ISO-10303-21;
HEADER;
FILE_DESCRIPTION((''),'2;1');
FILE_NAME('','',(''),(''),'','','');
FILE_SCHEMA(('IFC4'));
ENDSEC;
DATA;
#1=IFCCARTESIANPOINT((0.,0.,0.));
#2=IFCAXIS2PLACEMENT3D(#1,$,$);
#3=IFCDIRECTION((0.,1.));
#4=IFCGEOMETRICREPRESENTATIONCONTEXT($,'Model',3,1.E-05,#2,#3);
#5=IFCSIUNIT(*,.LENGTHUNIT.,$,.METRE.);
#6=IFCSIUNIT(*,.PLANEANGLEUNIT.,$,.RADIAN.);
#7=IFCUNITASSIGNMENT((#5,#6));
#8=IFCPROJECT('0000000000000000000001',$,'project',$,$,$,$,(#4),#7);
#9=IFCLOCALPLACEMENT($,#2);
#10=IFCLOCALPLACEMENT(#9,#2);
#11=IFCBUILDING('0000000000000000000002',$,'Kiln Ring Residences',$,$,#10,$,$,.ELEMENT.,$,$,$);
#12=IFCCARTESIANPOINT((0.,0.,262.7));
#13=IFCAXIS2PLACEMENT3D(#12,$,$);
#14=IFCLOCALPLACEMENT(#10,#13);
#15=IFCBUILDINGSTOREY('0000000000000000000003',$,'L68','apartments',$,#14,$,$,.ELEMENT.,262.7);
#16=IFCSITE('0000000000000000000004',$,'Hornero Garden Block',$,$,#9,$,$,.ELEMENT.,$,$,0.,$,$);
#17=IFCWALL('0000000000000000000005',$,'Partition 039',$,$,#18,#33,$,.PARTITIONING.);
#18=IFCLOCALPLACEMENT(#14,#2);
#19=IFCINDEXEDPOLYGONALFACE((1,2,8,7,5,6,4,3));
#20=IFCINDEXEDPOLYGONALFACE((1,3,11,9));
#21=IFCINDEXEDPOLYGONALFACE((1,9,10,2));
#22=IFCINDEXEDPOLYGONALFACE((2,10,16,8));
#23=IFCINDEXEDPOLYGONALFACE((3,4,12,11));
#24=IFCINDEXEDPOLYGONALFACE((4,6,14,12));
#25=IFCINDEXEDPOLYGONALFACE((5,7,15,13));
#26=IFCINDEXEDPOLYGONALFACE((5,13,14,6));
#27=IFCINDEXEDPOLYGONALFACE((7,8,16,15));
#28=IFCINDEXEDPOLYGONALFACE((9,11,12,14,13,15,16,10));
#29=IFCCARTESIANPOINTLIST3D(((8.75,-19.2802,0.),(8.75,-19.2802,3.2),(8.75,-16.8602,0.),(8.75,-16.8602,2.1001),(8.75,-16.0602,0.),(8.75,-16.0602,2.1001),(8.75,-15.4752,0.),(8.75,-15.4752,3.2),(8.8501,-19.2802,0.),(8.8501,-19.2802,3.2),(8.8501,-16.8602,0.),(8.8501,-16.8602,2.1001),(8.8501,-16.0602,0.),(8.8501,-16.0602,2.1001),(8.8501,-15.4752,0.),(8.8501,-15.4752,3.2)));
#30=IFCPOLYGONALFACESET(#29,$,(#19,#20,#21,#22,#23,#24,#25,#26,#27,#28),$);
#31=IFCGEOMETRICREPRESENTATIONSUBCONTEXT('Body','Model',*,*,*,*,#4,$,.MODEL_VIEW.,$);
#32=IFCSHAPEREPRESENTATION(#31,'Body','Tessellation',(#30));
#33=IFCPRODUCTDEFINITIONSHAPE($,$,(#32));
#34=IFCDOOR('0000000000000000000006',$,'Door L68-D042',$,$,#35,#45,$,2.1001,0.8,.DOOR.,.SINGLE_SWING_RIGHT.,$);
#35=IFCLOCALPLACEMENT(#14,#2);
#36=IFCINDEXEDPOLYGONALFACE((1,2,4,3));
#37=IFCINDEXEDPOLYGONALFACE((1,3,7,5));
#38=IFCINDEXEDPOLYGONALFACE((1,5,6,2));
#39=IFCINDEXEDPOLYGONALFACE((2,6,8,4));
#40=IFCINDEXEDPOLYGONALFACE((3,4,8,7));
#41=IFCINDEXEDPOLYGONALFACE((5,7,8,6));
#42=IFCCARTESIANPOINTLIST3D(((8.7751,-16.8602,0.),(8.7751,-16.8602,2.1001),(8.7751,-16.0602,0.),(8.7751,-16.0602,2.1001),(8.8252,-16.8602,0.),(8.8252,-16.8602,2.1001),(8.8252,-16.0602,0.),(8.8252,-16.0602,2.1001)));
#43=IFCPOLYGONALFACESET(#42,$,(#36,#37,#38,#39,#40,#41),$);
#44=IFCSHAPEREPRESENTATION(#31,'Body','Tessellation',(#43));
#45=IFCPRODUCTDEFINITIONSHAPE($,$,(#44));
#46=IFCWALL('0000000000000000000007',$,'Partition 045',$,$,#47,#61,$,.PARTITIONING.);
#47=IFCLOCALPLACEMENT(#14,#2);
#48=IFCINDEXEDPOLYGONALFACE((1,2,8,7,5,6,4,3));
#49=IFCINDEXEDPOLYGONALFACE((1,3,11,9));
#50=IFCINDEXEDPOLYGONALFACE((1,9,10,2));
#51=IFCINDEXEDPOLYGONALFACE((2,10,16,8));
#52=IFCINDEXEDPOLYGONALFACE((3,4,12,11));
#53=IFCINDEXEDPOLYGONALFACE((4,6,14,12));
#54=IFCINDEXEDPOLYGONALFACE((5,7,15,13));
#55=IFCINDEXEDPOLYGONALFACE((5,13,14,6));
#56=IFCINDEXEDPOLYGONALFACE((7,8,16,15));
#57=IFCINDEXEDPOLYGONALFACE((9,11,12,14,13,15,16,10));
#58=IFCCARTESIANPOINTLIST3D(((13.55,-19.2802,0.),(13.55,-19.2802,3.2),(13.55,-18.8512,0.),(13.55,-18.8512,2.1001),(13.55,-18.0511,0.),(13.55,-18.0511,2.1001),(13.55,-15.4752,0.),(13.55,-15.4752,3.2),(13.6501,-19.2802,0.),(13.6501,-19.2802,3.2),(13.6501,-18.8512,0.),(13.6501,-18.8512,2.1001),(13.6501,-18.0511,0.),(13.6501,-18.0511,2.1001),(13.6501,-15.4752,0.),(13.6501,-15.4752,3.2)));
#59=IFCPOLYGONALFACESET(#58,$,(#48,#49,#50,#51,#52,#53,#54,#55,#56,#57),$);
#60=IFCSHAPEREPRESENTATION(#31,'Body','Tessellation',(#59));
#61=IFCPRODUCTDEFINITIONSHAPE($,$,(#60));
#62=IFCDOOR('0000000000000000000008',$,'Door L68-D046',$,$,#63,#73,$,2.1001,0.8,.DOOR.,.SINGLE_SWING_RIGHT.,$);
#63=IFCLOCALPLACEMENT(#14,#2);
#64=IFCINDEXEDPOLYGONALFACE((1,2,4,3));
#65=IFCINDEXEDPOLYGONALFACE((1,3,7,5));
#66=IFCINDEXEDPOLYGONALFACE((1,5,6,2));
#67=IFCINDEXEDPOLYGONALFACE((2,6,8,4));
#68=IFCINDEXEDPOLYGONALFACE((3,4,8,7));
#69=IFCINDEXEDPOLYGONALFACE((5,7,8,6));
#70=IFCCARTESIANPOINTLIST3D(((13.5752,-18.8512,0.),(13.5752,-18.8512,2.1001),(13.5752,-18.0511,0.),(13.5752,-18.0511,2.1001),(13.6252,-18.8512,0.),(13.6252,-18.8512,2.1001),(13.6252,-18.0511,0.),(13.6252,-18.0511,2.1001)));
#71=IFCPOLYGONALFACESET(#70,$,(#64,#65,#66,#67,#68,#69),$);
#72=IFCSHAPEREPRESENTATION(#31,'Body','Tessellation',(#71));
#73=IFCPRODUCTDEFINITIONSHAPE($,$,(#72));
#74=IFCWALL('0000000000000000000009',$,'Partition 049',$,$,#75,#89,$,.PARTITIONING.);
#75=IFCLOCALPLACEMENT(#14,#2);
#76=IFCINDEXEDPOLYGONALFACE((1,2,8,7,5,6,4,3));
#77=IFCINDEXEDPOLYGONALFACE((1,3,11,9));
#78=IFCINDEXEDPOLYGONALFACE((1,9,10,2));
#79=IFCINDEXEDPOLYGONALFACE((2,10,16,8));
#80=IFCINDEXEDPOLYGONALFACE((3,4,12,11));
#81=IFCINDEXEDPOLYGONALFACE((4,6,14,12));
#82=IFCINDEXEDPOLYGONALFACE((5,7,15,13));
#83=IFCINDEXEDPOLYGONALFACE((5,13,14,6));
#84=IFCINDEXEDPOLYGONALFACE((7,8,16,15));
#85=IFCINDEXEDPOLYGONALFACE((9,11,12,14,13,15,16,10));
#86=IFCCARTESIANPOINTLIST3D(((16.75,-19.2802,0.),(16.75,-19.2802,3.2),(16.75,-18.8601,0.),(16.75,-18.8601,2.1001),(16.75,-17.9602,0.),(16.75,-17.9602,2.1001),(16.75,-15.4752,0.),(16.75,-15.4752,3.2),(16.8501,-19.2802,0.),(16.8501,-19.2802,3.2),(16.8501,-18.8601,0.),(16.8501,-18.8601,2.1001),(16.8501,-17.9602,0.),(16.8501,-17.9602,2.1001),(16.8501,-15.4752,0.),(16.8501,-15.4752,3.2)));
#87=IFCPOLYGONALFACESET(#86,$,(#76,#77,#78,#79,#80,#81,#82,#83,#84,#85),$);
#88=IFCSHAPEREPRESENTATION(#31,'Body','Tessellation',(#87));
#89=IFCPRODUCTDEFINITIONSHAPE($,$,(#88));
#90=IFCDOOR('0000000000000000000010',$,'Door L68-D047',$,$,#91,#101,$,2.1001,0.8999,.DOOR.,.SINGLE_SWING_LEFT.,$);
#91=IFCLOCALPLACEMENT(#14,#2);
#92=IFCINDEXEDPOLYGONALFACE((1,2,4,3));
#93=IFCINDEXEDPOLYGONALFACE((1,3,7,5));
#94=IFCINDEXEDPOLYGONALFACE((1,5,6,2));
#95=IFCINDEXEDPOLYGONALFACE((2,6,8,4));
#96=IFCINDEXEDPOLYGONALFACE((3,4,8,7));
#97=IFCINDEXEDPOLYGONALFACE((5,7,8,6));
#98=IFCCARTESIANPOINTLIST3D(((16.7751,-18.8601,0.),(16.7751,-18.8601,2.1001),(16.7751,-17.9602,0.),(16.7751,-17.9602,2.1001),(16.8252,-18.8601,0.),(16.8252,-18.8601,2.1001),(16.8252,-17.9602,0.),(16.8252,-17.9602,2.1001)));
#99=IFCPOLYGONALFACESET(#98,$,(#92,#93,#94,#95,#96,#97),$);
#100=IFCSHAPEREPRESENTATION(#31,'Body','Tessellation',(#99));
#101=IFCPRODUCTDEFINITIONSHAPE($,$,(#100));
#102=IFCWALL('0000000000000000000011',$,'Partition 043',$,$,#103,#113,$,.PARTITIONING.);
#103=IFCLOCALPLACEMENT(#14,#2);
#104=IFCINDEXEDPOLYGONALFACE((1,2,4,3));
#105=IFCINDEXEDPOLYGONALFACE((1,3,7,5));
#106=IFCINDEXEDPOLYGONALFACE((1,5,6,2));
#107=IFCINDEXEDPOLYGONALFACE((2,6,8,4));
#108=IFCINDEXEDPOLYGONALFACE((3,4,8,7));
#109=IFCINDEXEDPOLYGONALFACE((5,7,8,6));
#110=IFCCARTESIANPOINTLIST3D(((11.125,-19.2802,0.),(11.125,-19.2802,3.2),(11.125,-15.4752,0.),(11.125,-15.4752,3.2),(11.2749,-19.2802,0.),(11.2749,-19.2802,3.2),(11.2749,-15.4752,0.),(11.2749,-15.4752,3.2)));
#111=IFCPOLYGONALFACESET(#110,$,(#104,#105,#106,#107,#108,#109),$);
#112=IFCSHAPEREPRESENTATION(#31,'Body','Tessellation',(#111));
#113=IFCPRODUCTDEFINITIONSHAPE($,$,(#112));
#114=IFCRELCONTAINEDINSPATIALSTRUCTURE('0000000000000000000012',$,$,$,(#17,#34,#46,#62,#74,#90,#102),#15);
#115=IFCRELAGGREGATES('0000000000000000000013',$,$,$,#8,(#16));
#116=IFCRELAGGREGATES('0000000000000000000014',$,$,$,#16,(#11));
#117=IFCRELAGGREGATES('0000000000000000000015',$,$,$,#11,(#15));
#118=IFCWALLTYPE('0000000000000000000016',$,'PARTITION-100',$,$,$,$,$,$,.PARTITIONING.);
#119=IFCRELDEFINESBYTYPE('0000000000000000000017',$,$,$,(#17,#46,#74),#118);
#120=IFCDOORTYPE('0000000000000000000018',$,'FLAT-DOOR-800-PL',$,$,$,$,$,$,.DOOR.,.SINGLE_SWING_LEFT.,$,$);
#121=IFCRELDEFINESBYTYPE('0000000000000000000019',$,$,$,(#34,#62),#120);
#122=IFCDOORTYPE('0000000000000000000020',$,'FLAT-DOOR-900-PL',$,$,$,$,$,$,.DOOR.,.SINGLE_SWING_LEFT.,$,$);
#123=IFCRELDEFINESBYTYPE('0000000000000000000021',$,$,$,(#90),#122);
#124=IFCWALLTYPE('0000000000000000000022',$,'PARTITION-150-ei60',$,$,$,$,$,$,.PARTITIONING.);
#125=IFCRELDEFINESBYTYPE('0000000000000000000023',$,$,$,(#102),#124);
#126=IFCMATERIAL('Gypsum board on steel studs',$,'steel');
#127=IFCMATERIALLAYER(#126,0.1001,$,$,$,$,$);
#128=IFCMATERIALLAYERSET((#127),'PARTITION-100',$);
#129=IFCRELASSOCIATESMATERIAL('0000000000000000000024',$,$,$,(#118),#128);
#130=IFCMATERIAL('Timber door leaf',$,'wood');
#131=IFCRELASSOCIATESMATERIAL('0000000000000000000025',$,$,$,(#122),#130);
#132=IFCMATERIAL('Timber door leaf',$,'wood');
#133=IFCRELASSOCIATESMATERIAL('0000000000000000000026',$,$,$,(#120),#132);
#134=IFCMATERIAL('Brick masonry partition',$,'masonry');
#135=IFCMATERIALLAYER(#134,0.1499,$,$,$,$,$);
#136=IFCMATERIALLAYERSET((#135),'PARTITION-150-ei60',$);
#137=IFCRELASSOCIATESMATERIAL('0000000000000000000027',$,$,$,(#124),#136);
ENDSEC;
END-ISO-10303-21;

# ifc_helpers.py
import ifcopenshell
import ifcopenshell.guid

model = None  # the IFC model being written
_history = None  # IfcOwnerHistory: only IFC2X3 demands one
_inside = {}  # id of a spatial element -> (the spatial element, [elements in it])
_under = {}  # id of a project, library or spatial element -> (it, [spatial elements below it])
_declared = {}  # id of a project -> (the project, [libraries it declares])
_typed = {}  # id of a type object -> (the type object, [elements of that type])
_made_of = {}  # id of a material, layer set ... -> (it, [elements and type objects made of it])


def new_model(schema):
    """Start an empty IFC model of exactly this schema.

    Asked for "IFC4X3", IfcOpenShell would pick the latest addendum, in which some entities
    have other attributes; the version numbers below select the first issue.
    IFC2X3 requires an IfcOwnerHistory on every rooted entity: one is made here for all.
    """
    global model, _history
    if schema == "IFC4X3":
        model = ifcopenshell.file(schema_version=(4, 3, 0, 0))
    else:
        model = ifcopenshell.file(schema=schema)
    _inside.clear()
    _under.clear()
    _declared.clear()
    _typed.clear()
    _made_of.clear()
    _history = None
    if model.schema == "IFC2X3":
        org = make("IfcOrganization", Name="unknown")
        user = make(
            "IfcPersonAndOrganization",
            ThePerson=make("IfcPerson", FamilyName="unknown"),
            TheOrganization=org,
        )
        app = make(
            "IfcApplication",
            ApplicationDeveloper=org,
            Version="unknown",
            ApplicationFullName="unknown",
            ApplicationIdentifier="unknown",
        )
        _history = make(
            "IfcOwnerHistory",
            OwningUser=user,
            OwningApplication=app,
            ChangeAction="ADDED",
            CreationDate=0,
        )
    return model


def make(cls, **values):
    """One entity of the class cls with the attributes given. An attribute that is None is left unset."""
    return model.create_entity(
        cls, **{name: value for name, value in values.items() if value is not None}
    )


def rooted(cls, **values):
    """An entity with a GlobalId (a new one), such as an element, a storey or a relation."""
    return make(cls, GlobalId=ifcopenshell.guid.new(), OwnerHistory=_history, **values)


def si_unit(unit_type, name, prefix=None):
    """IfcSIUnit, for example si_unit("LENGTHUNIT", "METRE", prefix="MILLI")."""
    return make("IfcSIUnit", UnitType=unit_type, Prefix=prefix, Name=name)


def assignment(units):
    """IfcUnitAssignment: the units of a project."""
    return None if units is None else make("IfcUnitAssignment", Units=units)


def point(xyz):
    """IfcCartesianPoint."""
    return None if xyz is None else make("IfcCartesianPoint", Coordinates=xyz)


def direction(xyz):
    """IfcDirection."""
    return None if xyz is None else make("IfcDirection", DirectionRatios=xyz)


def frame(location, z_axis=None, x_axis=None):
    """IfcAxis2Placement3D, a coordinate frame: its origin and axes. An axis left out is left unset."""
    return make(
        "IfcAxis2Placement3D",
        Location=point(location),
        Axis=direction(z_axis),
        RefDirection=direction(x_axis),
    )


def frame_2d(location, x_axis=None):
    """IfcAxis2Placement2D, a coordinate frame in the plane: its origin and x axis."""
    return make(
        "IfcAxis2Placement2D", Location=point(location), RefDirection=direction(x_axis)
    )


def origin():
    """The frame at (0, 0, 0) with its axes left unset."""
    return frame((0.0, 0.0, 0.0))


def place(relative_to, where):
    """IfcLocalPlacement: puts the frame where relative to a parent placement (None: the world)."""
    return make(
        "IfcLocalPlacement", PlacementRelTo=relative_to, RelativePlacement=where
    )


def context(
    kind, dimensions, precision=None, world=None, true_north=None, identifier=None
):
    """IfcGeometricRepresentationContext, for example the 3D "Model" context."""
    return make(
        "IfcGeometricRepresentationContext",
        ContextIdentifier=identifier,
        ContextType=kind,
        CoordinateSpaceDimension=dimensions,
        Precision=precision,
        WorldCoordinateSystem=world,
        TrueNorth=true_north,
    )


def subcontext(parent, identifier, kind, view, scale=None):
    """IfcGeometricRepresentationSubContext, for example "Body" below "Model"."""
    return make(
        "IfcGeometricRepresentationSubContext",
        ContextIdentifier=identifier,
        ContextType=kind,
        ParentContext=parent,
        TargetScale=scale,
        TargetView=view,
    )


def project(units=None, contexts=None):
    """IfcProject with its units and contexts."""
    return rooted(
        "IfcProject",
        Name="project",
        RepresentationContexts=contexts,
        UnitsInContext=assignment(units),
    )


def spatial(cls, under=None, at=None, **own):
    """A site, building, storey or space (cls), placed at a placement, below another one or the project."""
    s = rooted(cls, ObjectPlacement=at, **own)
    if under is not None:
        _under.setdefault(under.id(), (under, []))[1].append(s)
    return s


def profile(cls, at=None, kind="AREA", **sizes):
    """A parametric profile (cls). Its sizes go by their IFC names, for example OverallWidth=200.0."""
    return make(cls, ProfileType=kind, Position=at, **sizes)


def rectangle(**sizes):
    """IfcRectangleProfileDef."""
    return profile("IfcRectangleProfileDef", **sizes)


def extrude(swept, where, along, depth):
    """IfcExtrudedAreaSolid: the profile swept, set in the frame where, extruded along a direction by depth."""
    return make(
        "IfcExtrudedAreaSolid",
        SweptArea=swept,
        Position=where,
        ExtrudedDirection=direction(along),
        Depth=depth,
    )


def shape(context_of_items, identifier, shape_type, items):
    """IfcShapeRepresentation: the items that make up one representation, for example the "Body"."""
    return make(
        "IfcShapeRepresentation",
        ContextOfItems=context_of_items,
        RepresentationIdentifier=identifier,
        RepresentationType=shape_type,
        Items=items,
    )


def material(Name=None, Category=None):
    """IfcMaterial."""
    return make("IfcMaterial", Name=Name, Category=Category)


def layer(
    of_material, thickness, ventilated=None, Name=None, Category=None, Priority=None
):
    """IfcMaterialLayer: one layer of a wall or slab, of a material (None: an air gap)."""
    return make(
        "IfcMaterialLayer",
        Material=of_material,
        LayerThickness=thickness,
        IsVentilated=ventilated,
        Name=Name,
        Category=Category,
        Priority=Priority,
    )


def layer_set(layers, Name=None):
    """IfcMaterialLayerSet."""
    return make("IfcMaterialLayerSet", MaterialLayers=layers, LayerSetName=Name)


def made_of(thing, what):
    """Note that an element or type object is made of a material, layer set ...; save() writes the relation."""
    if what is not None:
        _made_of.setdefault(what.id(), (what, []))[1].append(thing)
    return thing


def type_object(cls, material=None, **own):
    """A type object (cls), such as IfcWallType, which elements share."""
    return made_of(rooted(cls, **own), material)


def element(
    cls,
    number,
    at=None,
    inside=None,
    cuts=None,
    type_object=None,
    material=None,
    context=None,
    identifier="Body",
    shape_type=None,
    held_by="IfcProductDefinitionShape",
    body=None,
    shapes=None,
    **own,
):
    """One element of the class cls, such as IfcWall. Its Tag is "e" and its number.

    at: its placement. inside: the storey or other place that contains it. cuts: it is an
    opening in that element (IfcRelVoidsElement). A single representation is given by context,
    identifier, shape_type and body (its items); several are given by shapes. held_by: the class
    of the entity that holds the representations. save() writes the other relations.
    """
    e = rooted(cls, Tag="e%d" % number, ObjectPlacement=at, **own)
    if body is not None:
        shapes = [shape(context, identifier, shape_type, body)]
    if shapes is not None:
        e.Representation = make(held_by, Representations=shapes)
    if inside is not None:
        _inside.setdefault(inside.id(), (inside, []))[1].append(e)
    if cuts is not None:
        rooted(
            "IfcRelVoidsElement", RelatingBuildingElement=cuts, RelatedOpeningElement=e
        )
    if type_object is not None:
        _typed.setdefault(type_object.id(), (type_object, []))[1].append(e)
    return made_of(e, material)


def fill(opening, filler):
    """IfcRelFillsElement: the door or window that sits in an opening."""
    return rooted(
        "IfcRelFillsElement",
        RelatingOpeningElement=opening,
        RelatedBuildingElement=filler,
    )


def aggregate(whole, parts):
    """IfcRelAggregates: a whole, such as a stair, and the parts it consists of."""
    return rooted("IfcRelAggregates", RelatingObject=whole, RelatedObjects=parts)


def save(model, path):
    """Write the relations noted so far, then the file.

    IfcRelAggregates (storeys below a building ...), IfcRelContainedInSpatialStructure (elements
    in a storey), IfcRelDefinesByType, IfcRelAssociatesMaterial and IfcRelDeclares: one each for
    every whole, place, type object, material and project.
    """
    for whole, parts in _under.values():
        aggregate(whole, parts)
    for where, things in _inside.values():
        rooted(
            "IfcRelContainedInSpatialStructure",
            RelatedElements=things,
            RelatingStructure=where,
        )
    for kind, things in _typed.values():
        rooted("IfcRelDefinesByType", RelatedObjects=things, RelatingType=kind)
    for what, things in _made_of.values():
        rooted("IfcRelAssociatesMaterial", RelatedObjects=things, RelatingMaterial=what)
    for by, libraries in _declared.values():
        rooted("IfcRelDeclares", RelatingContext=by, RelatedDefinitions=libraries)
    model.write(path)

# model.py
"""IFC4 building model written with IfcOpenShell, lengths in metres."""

from ifc_helpers import new_model, si_unit, direction, frame, frame_2d, origin, place, context, subcontext, project, spatial, rectangle, extrude, material, layer, layer_set, type_object, element, fill, save


model = new_model("IFC4")

# Units and contexts
model_context = context("Model", 3, precision=1e-05, world=origin(), true_north=direction((0.0, 1.0)))
body_context = subcontext(model_context, "Body", "Model", "MODEL_VIEW")
ifc_project = project(units=[si_unit("LENGTHUNIT", "METRE"), si_unit("PLANEANGLEUNIT", "RADIAN")], contexts=[model_context])

# Site, building, storey
site_placement = place(None, origin())
site = spatial("IfcSite", under=ifc_project, at=site_placement, Name="Hornero Garden Block", CompositionType="ELEMENT", RefElevation=0.0)
building_placement = place(site_placement, origin())
building = spatial("IfcBuilding", under=site, at=building_placement, Name="Kiln Ring Residences", CompositionType="ELEMENT")
storey_placement = place(building_placement, frame((0.0, 0.0, 262.7)))
storey = spatial("IfcBuildingStorey", under=building, at=storey_placement, Name="L68", Description="apartments", CompositionType="ELEMENT", Elevation=262.7)

# Walls, openings, doors
ifc_material_1 = material(Name="Gypsum board on steel studs", Category="steel")
ifc_layer_1 = layer(ifc_material_1, 0.1001)
ifc_layer_set_1 = layer_set([ifc_layer_1], Name="PARTITION-100")
wall_type_1 = type_object("IfcWallType", Name="PARTITION-100", PredefinedType="PARTITIONING", material=ifc_layer_set_1)
ifc_material_2 = material(Name="Timber door leaf", Category="wood")
door_type_1 = type_object("IfcDoorType", Name="FLAT-DOOR-900-PL", OperationType="SINGLE_SWING_LEFT", PredefinedType="DOOR", material=ifc_material_2)
wall_1_placement = place(storey_placement, frame((8.8, -19.28, 0.0), z_axis=(0.0, 0.0, 1.0), x_axis=(0.0, 1.0, 0.0)))
wall_1 = element("IfcWall", 1, at=wall_1_placement, inside=storey, type_object=wall_type_1, Name="Partition 039", PredefinedType="PARTITIONING", context=body_context, shape_type="SweptSolid", body=[
    extrude(rectangle(XDim=3.8049, YDim=0.1001, at=frame_2d((1.9023, 0.0))), origin(), (0.0, 0.0, 1.0), 3.2),
])
opening_1_placement = place(wall_1_placement, frame((2.4199, 0.0, 0.0)))
opening_1 = element("IfcOpeningElement", 2, at=opening_1_placement, cuts=wall_1, PredefinedType="OPENING", context=body_context, shape_type="SweptSolid", body=[
    extrude(rectangle(XDim=0.8, YDim=2.1001, at=frame_2d((0.3999, 1.05))), frame((0.0, 0.0601, 0.0), z_axis=(0.0, -1.0, 0.0), x_axis=(1.0, 0.0, 0.0)), (0.0, 0.0, 1.0), 0.1201),
])
ifc_material_3 = material(Name="Timber door leaf", Category="wood")
door_type_2 = type_object("IfcDoorType", Name="FLAT-DOOR-800-PL", OperationType="SINGLE_SWING_LEFT", PredefinedType="DOOR", material=ifc_material_3)
door_1_placement = place(opening_1_placement, origin())
door_1 = element("IfcDoor", 3, at=door_1_placement, inside=storey, type_object=door_type_2, Name="Door L68-D042", OperationType="SINGLE_SWING_RIGHT", OverallHeight=2.1001, OverallWidth=0.8, PredefinedType="DOOR", context=body_context, shape_type="SweptSolid", body=[
    extrude(rectangle(XDim=0.8, YDim=2.1001, at=frame_2d((0.3999, 1.05))), frame((0.0, 0.0249, 0.0), z_axis=(0.0, -1.0, 0.0), x_axis=(1.0, 0.0, 0.0)), (0.0, 0.0, 1.0), 0.05),
])
fill(opening_1, door_1)
wall_2_placement = place(storey_placement, frame((13.6001, -19.28, 0.0), z_axis=(0.0, 0.0, 1.0), x_axis=(0.0, 1.0, 0.0)))
wall_2 = element("IfcWall", 4, at=wall_2_placement, inside=storey, type_object=wall_type_1, Name="Partition 045", PredefinedType="PARTITIONING", context=body_context, shape_type="SweptSolid", body=[
    extrude(rectangle(XDim=3.8049, YDim=0.1001, at=frame_2d((1.9023, 0.0))), origin(), (0.0, 0.0, 1.0), 3.2),
])
opening_2_placement = place(wall_2_placement, frame((0.429, 0.0, 0.0)))
opening_2 = element("IfcOpeningElement", 5, at=opening_2_placement, cuts=wall_2, PredefinedType="OPENING", context=body_context, shape_type="SweptSolid", body=[
    extrude(rectangle(XDim=0.8, YDim=2.1001, at=frame_2d((0.3999, 1.05))), frame((0.0, 0.0601, 0.0), z_axis=(0.0, -1.0, 0.0), x_axis=(1.0, 0.0, 0.0)), (0.0, 0.0, 1.0), 0.1201),
])
door_2_placement = place(opening_2_placement, origin())
door_2 = element("IfcDoor", 6, at=door_2_placement, inside=storey, type_object=door_type_2, Name="Door L68-D046", OperationType="SINGLE_SWING_RIGHT", OverallHeight=2.1001, OverallWidth=0.8, PredefinedType="DOOR", context=body_context, shape_type="SweptSolid", body=[
    extrude(rectangle(XDim=0.8, YDim=2.1001, at=frame_2d((0.3999, 1.05))), frame((0.0, 0.0249, 0.0), z_axis=(0.0, -1.0, 0.0), x_axis=(1.0, 0.0, 0.0)), (0.0, 0.0, 1.0), 0.05),
])
fill(opening_2, door_2)
wall_3_placement = place(storey_placement, frame((16.8, -19.28, 0.0), z_axis=(0.0, 0.0, 1.0), x_axis=(0.0, 1.0, 0.0)))
wall_3 = element("IfcWall", 7, at=wall_3_placement, inside=storey, type_object=wall_type_1, Name="Partition 049", PredefinedType="PARTITIONING", context=body_context, shape_type="SweptSolid", body=[
    extrude(rectangle(XDim=3.8049, YDim=0.1001, at=frame_2d((1.9023, 0.0))), origin(), (0.0, 0.0, 1.0), 3.2),
])
opening_3_placement = place(wall_3_placement, frame((0.4199, 0.0, 0.0)))
opening_3 = element("IfcOpeningElement", 8, at=opening_3_placement, cuts=wall_3, PredefinedType="OPENING", context=body_context, shape_type="SweptSolid", body=[
    extrude(rectangle(XDim=0.8999, YDim=2.1001, at=frame_2d((0.45, 1.05))), frame((0.0, 0.0601, 0.0), z_axis=(0.0, -1.0, 0.0), x_axis=(1.0, 0.0, 0.0)), (0.0, 0.0, 1.0), 0.1201),
])
door_3_placement = place(opening_3_placement, origin())
door_3 = element("IfcDoor", 9, at=door_3_placement, inside=storey, type_object=door_type_1, Name="Door L68-D047", OperationType="SINGLE_SWING_LEFT", OverallHeight=2.1001, OverallWidth=0.8999, PredefinedType="DOOR", context=body_context, shape_type="SweptSolid", body=[
    extrude(rectangle(XDim=0.8999, YDim=2.1001, at=frame_2d((0.45, 1.05))), frame((0.0, 0.0249, 0.0), z_axis=(0.0, -1.0, 0.0), x_axis=(1.0, 0.0, 0.0)), (0.0, 0.0, 1.0), 0.05),
])
fill(opening_3, door_3)

# Wall
ifc_material_4 = material(Name="Brick masonry partition", Category="masonry")
ifc_layer_2 = layer(ifc_material_4, 0.1499)
ifc_layer_set_2 = layer_set([ifc_layer_2], Name="PARTITION-150-ei60")
wall_type_2 = type_object("IfcWallType", Name="PARTITION-150-ei60", PredefinedType="PARTITIONING", material=ifc_layer_set_2)
wall_4_placement = place(storey_placement, frame((11.2, -19.28, 0.0), z_axis=(0.0, 0.0, 1.0), x_axis=(0.0, 1.0, 0.0)))
element("IfcWall", 10, at=wall_4_placement, inside=storey, type_object=wall_type_2, Name="Partition 043", PredefinedType="PARTITIONING", context=body_context, shape_type="SweptSolid", body=[
    extrude(rectangle(XDim=3.8049, YDim=0.1499, at=frame_2d((1.9023, 0.0))), origin(), (0.0, 0.0, 1.0), 3.2),
])

save(model, "model.ifc")
